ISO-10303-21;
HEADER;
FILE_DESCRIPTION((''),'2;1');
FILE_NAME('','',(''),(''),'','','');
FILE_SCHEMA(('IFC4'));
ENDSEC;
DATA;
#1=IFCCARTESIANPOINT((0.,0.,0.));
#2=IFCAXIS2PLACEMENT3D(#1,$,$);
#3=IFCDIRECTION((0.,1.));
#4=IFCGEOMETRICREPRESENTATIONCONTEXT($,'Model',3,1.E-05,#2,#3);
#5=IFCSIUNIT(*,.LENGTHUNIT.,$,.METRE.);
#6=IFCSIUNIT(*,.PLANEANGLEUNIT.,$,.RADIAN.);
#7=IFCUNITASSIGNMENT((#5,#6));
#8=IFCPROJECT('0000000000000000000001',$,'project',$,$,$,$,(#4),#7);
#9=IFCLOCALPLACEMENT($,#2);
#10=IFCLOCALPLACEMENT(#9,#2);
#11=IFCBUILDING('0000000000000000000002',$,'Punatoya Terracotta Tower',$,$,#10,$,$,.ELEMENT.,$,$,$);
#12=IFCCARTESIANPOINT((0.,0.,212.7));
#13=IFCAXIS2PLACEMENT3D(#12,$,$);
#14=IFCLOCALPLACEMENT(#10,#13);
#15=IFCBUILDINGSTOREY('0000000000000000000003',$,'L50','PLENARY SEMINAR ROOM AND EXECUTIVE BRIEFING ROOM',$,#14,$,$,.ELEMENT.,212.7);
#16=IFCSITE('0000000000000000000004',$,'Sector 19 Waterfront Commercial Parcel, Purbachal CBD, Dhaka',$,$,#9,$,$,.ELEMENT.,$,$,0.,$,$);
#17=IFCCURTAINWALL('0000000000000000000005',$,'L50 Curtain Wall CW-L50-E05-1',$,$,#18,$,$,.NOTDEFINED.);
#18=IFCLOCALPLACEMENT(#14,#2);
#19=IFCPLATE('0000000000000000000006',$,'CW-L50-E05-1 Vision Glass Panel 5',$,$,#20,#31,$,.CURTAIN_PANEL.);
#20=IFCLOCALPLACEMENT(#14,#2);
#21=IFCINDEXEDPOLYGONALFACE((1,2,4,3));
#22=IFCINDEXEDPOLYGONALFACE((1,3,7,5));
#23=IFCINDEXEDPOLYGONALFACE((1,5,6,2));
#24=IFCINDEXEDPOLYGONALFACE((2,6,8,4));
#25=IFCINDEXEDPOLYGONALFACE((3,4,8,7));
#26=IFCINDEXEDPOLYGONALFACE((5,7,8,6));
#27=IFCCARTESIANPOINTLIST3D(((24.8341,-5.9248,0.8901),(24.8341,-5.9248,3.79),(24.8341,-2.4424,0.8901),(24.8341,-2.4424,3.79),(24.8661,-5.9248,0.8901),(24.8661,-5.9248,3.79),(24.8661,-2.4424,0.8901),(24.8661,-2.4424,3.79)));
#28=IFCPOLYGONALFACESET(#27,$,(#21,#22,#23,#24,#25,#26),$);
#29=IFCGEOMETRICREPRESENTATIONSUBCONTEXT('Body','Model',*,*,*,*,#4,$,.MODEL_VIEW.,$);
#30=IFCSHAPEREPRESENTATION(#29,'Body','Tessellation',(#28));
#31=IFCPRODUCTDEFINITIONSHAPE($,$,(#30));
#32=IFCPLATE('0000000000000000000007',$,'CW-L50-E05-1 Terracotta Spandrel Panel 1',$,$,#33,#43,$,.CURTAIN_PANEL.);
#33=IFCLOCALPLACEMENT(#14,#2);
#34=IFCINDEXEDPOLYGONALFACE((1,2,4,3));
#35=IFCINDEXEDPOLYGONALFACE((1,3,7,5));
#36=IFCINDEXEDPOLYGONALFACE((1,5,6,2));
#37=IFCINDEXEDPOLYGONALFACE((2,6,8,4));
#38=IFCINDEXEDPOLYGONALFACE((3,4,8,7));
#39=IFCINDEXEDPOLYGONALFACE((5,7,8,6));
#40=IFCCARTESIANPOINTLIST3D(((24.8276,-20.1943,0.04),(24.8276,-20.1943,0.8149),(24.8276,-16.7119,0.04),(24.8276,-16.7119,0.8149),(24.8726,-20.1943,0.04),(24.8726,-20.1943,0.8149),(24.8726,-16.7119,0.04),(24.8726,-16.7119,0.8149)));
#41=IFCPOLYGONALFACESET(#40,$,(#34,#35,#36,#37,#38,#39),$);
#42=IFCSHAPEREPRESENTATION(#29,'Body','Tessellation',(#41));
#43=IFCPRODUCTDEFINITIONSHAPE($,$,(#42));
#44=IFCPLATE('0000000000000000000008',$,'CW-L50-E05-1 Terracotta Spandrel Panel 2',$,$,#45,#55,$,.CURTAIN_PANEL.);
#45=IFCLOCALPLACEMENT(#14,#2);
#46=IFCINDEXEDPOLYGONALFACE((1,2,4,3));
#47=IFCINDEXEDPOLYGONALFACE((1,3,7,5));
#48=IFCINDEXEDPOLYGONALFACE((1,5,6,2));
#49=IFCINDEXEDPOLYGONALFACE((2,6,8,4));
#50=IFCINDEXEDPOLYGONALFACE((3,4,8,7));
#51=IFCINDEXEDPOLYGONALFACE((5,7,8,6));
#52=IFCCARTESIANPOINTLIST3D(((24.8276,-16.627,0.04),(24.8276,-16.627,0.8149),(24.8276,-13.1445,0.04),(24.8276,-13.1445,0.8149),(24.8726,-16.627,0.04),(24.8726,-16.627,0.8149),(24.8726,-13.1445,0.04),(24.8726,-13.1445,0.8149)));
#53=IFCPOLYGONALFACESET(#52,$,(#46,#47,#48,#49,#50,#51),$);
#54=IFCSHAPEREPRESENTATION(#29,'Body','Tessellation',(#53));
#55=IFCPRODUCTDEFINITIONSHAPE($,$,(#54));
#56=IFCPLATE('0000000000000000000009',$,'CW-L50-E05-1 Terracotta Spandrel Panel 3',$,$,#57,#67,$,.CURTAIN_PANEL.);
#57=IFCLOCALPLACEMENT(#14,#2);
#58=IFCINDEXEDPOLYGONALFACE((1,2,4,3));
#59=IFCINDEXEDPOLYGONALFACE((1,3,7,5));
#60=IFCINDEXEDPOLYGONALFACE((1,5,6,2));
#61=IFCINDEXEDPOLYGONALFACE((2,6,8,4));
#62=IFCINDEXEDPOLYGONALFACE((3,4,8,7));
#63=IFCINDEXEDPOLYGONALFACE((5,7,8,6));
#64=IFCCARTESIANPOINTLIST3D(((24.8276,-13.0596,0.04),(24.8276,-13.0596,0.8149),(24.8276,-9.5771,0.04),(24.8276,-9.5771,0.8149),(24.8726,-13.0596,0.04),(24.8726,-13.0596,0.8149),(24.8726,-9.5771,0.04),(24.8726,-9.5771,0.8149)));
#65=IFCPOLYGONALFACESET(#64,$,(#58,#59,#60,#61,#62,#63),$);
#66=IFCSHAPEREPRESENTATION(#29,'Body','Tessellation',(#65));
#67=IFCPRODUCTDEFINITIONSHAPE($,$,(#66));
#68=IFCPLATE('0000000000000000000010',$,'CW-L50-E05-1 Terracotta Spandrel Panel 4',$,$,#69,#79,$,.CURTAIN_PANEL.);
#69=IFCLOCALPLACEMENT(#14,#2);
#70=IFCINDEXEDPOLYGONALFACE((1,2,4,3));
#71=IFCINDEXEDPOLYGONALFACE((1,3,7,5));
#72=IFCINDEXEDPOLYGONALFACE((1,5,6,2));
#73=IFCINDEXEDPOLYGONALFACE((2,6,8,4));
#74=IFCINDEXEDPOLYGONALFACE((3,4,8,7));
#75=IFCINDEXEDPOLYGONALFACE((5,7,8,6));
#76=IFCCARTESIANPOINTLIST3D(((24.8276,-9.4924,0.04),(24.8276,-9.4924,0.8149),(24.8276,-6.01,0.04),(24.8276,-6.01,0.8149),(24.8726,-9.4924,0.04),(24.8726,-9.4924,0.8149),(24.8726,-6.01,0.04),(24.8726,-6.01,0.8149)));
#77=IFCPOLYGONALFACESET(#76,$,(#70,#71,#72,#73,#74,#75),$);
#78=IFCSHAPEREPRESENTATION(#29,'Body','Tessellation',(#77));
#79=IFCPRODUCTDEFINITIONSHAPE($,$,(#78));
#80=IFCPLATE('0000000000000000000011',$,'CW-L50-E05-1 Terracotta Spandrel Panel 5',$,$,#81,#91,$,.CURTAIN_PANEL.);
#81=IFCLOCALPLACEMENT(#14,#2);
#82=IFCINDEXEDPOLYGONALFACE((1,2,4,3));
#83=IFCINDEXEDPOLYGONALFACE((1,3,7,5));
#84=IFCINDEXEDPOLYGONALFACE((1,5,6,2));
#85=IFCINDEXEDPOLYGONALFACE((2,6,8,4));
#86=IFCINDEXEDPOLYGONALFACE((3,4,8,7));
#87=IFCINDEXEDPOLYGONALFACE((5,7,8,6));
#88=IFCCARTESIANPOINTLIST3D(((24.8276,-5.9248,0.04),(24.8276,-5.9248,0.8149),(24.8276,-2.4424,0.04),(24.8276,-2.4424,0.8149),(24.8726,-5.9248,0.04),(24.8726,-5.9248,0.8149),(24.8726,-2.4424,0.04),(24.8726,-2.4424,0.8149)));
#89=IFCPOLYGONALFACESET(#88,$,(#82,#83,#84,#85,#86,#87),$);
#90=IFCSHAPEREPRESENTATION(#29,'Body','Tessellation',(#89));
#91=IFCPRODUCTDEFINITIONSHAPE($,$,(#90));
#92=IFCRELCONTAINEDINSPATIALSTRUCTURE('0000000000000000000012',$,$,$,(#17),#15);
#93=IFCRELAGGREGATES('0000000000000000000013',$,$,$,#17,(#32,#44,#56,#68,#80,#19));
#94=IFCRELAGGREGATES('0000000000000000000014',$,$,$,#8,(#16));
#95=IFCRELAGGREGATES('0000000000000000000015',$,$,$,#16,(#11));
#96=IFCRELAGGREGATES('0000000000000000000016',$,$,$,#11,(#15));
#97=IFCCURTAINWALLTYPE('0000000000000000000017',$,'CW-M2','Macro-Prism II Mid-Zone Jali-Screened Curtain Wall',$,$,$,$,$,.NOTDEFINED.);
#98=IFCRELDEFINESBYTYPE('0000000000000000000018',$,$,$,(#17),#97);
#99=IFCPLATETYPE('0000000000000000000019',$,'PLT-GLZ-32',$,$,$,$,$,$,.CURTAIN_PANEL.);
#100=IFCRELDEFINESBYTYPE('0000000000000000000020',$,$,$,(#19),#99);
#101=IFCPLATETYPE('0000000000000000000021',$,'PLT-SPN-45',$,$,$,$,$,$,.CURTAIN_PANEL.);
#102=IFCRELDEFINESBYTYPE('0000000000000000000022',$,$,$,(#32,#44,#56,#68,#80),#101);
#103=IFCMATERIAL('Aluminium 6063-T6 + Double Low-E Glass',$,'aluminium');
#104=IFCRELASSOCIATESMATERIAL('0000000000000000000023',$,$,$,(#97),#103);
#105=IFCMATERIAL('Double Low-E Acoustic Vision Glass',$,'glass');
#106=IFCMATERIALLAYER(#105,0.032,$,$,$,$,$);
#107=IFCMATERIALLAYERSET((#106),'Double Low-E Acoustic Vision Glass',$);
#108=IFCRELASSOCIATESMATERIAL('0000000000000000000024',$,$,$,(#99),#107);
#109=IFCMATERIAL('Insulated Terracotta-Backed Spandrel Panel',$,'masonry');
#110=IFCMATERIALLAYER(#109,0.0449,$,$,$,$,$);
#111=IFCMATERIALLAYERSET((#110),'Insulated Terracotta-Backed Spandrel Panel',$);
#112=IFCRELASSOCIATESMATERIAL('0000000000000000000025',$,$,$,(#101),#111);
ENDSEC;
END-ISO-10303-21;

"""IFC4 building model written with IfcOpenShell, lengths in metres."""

from ifc_helpers import new_model, si_unit, direction, frame, origin, origin_2d, place, context, subcontext, project, spatial, rectangle, extrude, material, layer, layer_set, type_object, element, aggregate, save


model = new_model("IFC4")

# Units and contexts
model_context = context("Model", 3, precision=1e-05, world=origin(), true_north=direction((0.0, 1.0)))
body_context = subcontext(model_context, "Body", "Model", "MODEL_VIEW")
ifc_project = project(units=[si_unit("LENGTHUNIT", "METRE"), si_unit("PLANEANGLEUNIT", "RADIAN")], contexts=[model_context])

# Site, building, storey
site_placement = place(None, origin())
site = spatial("IfcSite", under=ifc_project, at=site_placement, Name="Sector 19 Waterfront Commercial Parcel, Purbachal CBD, Dhaka", CompositionType="ELEMENT", RefElevation=0.0)
building_placement = place(site_placement, origin())
building = spatial("IfcBuilding", under=site, at=building_placement, Name="Punatoya Terracotta Tower", CompositionType="ELEMENT")
storey_placement = place(building_placement, frame((0.0, 0.0, 212.7)))
storey = spatial("IfcBuildingStorey", under=building, at=storey_placement, Name="L50", Description="PLENARY SEMINAR ROOM AND EXECUTIVE BRIEFING ROOM", CompositionType="ELEMENT", Elevation=212.7)

# Curtain wall, plates
ifc_material_1 = material(Name="Aluminium 6063-T6 + Double Low-E Glass", Category="aluminium")
curtain_wall_type = type_object("IfcCurtainWallType", Name="CW-M2", Description="Macro-Prism II Mid-Zone Jali-Screened Curtain Wall", PredefinedType="NOTDEFINED", material=ifc_material_1)
curtain_wall_placement = place(storey_placement, origin())
curtain_wall = element("IfcCurtainWall", 1, at=curtain_wall_placement, inside=storey, type_object=curtain_wall_type, Name="L50 Curtain Wall CW-L50-E05-1", PredefinedType="NOTDEFINED")
ifc_material_2 = material(Name="Double Low-E Acoustic Vision Glass", Category="glass")
ifc_layer_1 = layer(ifc_material_2, 0.032)
ifc_layer_set_1 = layer_set([ifc_layer_1], Name="Double Low-E Acoustic Vision Glass")
plate_type_1 = type_object("IfcPlateType", Name="PLT-GLZ-32", PredefinedType="CURTAIN_PANEL", material=ifc_layer_set_1)
plate_1_placement = place(storey_placement, frame((24.8501, -4.1836, 0.8901), z_axis=(0.0, 0.0, 1.0), x_axis=(0.0, 1.0, 0.0)))
plate_1 = element("IfcPlate", 2, at=plate_1_placement, type_object=plate_type_1, Name="CW-L50-E05-1 Vision Glass Panel 5", PredefinedType="CURTAIN_PANEL", context=body_context, shape_type="SweptSolid", body=[
    extrude(rectangle(XDim=3.4824, YDim=0.032, at=origin_2d()), origin(), (0.0, 0.0, 1.0), 2.8999),
])
ifc_material_3 = material(Name="Insulated Terracotta-Backed Spandrel Panel", Category="masonry")
ifc_layer_2 = layer(ifc_material_3, 0.0449)
ifc_layer_set_2 = layer_set([ifc_layer_2], Name="Insulated Terracotta-Backed Spandrel Panel")
plate_type_2 = type_object("IfcPlateType", Name="PLT-SPN-45", PredefinedType="CURTAIN_PANEL", material=ifc_layer_set_2)
plate_2_placement = place(storey_placement, frame((24.8501, -18.4531, 0.04), z_axis=(0.0, 0.0, 1.0), x_axis=(0.0, 1.0, 0.0)))
plate_2 = element("IfcPlate", 3, at=plate_2_placement, type_object=plate_type_2, Name="CW-L50-E05-1 Terracotta Spandrel Panel 1", PredefinedType="CURTAIN_PANEL", context=body_context, shape_type="SweptSolid", body=[
    extrude(rectangle(XDim=3.4824, YDim=0.0449, at=origin_2d()), origin(), (0.0, 0.0, 1.0), 0.7749),
])
plate_3_placement = place(storey_placement, frame((24.8501, -14.8857, 0.04), z_axis=(0.0, 0.0, 1.0), x_axis=(0.0, 1.0, 0.0)))
plate_3 = element("IfcPlate", 4, at=plate_3_placement, type_object=plate_type_2, Name="CW-L50-E05-1 Terracotta Spandrel Panel 2", PredefinedType="CURTAIN_PANEL", context=body_context, shape_type="SweptSolid", body=[
    extrude(rectangle(XDim=3.4824, YDim=0.0449, at=origin_2d()), origin(), (0.0, 0.0, 1.0), 0.7749),
])
plate_4_placement = place(storey_placement, frame((24.8501, -11.3184, 0.04), z_axis=(0.0, 0.0, 1.0), x_axis=(0.0, 1.0, 0.0)))
plate_4 = element("IfcPlate", 5, at=plate_4_placement, type_object=plate_type_2, Name="CW-L50-E05-1 Terracotta Spandrel Panel 3", PredefinedType="CURTAIN_PANEL", context=body_context, shape_type="SweptSolid", body=[
    extrude(rectangle(XDim=3.4824, YDim=0.0449, at=origin_2d()), origin(), (0.0, 0.0, 1.0), 0.7749),
])
plate_5_placement = place(storey_placement, frame((24.8501, -7.7512, 0.04), z_axis=(0.0, 0.0, 1.0), x_axis=(0.0, 1.0, 0.0)))
plate_5 = element("IfcPlate", 6, at=plate_5_placement, type_object=plate_type_2, Name="CW-L50-E05-1 Terracotta Spandrel Panel 4", PredefinedType="CURTAIN_PANEL", context=body_context, shape_type="SweptSolid", body=[
    extrude(rectangle(XDim=3.4824, YDim=0.0449, at=origin_2d()), origin(), (0.0, 0.0, 1.0), 0.7749),
])
plate_6_placement = place(storey_placement, frame((24.8501, -4.1836, 0.04), z_axis=(0.0, 0.0, 1.0), x_axis=(0.0, 1.0, 0.0)))
plate_6 = element("IfcPlate", 7, at=plate_6_placement, type_object=plate_type_2, Name="CW-L50-E05-1 Terracotta Spandrel Panel 5", PredefinedType="CURTAIN_PANEL", context=body_context, shape_type="SweptSolid", body=[
    extrude(rectangle(XDim=3.4824, YDim=0.0449, at=origin_2d()), origin(), (0.0, 0.0, 1.0), 0.7749),
])
aggregate(curtain_wall, [plate_2, plate_3, plate_4, plate_5, plate_6, plate_1])

save(model, "model.ifc")
